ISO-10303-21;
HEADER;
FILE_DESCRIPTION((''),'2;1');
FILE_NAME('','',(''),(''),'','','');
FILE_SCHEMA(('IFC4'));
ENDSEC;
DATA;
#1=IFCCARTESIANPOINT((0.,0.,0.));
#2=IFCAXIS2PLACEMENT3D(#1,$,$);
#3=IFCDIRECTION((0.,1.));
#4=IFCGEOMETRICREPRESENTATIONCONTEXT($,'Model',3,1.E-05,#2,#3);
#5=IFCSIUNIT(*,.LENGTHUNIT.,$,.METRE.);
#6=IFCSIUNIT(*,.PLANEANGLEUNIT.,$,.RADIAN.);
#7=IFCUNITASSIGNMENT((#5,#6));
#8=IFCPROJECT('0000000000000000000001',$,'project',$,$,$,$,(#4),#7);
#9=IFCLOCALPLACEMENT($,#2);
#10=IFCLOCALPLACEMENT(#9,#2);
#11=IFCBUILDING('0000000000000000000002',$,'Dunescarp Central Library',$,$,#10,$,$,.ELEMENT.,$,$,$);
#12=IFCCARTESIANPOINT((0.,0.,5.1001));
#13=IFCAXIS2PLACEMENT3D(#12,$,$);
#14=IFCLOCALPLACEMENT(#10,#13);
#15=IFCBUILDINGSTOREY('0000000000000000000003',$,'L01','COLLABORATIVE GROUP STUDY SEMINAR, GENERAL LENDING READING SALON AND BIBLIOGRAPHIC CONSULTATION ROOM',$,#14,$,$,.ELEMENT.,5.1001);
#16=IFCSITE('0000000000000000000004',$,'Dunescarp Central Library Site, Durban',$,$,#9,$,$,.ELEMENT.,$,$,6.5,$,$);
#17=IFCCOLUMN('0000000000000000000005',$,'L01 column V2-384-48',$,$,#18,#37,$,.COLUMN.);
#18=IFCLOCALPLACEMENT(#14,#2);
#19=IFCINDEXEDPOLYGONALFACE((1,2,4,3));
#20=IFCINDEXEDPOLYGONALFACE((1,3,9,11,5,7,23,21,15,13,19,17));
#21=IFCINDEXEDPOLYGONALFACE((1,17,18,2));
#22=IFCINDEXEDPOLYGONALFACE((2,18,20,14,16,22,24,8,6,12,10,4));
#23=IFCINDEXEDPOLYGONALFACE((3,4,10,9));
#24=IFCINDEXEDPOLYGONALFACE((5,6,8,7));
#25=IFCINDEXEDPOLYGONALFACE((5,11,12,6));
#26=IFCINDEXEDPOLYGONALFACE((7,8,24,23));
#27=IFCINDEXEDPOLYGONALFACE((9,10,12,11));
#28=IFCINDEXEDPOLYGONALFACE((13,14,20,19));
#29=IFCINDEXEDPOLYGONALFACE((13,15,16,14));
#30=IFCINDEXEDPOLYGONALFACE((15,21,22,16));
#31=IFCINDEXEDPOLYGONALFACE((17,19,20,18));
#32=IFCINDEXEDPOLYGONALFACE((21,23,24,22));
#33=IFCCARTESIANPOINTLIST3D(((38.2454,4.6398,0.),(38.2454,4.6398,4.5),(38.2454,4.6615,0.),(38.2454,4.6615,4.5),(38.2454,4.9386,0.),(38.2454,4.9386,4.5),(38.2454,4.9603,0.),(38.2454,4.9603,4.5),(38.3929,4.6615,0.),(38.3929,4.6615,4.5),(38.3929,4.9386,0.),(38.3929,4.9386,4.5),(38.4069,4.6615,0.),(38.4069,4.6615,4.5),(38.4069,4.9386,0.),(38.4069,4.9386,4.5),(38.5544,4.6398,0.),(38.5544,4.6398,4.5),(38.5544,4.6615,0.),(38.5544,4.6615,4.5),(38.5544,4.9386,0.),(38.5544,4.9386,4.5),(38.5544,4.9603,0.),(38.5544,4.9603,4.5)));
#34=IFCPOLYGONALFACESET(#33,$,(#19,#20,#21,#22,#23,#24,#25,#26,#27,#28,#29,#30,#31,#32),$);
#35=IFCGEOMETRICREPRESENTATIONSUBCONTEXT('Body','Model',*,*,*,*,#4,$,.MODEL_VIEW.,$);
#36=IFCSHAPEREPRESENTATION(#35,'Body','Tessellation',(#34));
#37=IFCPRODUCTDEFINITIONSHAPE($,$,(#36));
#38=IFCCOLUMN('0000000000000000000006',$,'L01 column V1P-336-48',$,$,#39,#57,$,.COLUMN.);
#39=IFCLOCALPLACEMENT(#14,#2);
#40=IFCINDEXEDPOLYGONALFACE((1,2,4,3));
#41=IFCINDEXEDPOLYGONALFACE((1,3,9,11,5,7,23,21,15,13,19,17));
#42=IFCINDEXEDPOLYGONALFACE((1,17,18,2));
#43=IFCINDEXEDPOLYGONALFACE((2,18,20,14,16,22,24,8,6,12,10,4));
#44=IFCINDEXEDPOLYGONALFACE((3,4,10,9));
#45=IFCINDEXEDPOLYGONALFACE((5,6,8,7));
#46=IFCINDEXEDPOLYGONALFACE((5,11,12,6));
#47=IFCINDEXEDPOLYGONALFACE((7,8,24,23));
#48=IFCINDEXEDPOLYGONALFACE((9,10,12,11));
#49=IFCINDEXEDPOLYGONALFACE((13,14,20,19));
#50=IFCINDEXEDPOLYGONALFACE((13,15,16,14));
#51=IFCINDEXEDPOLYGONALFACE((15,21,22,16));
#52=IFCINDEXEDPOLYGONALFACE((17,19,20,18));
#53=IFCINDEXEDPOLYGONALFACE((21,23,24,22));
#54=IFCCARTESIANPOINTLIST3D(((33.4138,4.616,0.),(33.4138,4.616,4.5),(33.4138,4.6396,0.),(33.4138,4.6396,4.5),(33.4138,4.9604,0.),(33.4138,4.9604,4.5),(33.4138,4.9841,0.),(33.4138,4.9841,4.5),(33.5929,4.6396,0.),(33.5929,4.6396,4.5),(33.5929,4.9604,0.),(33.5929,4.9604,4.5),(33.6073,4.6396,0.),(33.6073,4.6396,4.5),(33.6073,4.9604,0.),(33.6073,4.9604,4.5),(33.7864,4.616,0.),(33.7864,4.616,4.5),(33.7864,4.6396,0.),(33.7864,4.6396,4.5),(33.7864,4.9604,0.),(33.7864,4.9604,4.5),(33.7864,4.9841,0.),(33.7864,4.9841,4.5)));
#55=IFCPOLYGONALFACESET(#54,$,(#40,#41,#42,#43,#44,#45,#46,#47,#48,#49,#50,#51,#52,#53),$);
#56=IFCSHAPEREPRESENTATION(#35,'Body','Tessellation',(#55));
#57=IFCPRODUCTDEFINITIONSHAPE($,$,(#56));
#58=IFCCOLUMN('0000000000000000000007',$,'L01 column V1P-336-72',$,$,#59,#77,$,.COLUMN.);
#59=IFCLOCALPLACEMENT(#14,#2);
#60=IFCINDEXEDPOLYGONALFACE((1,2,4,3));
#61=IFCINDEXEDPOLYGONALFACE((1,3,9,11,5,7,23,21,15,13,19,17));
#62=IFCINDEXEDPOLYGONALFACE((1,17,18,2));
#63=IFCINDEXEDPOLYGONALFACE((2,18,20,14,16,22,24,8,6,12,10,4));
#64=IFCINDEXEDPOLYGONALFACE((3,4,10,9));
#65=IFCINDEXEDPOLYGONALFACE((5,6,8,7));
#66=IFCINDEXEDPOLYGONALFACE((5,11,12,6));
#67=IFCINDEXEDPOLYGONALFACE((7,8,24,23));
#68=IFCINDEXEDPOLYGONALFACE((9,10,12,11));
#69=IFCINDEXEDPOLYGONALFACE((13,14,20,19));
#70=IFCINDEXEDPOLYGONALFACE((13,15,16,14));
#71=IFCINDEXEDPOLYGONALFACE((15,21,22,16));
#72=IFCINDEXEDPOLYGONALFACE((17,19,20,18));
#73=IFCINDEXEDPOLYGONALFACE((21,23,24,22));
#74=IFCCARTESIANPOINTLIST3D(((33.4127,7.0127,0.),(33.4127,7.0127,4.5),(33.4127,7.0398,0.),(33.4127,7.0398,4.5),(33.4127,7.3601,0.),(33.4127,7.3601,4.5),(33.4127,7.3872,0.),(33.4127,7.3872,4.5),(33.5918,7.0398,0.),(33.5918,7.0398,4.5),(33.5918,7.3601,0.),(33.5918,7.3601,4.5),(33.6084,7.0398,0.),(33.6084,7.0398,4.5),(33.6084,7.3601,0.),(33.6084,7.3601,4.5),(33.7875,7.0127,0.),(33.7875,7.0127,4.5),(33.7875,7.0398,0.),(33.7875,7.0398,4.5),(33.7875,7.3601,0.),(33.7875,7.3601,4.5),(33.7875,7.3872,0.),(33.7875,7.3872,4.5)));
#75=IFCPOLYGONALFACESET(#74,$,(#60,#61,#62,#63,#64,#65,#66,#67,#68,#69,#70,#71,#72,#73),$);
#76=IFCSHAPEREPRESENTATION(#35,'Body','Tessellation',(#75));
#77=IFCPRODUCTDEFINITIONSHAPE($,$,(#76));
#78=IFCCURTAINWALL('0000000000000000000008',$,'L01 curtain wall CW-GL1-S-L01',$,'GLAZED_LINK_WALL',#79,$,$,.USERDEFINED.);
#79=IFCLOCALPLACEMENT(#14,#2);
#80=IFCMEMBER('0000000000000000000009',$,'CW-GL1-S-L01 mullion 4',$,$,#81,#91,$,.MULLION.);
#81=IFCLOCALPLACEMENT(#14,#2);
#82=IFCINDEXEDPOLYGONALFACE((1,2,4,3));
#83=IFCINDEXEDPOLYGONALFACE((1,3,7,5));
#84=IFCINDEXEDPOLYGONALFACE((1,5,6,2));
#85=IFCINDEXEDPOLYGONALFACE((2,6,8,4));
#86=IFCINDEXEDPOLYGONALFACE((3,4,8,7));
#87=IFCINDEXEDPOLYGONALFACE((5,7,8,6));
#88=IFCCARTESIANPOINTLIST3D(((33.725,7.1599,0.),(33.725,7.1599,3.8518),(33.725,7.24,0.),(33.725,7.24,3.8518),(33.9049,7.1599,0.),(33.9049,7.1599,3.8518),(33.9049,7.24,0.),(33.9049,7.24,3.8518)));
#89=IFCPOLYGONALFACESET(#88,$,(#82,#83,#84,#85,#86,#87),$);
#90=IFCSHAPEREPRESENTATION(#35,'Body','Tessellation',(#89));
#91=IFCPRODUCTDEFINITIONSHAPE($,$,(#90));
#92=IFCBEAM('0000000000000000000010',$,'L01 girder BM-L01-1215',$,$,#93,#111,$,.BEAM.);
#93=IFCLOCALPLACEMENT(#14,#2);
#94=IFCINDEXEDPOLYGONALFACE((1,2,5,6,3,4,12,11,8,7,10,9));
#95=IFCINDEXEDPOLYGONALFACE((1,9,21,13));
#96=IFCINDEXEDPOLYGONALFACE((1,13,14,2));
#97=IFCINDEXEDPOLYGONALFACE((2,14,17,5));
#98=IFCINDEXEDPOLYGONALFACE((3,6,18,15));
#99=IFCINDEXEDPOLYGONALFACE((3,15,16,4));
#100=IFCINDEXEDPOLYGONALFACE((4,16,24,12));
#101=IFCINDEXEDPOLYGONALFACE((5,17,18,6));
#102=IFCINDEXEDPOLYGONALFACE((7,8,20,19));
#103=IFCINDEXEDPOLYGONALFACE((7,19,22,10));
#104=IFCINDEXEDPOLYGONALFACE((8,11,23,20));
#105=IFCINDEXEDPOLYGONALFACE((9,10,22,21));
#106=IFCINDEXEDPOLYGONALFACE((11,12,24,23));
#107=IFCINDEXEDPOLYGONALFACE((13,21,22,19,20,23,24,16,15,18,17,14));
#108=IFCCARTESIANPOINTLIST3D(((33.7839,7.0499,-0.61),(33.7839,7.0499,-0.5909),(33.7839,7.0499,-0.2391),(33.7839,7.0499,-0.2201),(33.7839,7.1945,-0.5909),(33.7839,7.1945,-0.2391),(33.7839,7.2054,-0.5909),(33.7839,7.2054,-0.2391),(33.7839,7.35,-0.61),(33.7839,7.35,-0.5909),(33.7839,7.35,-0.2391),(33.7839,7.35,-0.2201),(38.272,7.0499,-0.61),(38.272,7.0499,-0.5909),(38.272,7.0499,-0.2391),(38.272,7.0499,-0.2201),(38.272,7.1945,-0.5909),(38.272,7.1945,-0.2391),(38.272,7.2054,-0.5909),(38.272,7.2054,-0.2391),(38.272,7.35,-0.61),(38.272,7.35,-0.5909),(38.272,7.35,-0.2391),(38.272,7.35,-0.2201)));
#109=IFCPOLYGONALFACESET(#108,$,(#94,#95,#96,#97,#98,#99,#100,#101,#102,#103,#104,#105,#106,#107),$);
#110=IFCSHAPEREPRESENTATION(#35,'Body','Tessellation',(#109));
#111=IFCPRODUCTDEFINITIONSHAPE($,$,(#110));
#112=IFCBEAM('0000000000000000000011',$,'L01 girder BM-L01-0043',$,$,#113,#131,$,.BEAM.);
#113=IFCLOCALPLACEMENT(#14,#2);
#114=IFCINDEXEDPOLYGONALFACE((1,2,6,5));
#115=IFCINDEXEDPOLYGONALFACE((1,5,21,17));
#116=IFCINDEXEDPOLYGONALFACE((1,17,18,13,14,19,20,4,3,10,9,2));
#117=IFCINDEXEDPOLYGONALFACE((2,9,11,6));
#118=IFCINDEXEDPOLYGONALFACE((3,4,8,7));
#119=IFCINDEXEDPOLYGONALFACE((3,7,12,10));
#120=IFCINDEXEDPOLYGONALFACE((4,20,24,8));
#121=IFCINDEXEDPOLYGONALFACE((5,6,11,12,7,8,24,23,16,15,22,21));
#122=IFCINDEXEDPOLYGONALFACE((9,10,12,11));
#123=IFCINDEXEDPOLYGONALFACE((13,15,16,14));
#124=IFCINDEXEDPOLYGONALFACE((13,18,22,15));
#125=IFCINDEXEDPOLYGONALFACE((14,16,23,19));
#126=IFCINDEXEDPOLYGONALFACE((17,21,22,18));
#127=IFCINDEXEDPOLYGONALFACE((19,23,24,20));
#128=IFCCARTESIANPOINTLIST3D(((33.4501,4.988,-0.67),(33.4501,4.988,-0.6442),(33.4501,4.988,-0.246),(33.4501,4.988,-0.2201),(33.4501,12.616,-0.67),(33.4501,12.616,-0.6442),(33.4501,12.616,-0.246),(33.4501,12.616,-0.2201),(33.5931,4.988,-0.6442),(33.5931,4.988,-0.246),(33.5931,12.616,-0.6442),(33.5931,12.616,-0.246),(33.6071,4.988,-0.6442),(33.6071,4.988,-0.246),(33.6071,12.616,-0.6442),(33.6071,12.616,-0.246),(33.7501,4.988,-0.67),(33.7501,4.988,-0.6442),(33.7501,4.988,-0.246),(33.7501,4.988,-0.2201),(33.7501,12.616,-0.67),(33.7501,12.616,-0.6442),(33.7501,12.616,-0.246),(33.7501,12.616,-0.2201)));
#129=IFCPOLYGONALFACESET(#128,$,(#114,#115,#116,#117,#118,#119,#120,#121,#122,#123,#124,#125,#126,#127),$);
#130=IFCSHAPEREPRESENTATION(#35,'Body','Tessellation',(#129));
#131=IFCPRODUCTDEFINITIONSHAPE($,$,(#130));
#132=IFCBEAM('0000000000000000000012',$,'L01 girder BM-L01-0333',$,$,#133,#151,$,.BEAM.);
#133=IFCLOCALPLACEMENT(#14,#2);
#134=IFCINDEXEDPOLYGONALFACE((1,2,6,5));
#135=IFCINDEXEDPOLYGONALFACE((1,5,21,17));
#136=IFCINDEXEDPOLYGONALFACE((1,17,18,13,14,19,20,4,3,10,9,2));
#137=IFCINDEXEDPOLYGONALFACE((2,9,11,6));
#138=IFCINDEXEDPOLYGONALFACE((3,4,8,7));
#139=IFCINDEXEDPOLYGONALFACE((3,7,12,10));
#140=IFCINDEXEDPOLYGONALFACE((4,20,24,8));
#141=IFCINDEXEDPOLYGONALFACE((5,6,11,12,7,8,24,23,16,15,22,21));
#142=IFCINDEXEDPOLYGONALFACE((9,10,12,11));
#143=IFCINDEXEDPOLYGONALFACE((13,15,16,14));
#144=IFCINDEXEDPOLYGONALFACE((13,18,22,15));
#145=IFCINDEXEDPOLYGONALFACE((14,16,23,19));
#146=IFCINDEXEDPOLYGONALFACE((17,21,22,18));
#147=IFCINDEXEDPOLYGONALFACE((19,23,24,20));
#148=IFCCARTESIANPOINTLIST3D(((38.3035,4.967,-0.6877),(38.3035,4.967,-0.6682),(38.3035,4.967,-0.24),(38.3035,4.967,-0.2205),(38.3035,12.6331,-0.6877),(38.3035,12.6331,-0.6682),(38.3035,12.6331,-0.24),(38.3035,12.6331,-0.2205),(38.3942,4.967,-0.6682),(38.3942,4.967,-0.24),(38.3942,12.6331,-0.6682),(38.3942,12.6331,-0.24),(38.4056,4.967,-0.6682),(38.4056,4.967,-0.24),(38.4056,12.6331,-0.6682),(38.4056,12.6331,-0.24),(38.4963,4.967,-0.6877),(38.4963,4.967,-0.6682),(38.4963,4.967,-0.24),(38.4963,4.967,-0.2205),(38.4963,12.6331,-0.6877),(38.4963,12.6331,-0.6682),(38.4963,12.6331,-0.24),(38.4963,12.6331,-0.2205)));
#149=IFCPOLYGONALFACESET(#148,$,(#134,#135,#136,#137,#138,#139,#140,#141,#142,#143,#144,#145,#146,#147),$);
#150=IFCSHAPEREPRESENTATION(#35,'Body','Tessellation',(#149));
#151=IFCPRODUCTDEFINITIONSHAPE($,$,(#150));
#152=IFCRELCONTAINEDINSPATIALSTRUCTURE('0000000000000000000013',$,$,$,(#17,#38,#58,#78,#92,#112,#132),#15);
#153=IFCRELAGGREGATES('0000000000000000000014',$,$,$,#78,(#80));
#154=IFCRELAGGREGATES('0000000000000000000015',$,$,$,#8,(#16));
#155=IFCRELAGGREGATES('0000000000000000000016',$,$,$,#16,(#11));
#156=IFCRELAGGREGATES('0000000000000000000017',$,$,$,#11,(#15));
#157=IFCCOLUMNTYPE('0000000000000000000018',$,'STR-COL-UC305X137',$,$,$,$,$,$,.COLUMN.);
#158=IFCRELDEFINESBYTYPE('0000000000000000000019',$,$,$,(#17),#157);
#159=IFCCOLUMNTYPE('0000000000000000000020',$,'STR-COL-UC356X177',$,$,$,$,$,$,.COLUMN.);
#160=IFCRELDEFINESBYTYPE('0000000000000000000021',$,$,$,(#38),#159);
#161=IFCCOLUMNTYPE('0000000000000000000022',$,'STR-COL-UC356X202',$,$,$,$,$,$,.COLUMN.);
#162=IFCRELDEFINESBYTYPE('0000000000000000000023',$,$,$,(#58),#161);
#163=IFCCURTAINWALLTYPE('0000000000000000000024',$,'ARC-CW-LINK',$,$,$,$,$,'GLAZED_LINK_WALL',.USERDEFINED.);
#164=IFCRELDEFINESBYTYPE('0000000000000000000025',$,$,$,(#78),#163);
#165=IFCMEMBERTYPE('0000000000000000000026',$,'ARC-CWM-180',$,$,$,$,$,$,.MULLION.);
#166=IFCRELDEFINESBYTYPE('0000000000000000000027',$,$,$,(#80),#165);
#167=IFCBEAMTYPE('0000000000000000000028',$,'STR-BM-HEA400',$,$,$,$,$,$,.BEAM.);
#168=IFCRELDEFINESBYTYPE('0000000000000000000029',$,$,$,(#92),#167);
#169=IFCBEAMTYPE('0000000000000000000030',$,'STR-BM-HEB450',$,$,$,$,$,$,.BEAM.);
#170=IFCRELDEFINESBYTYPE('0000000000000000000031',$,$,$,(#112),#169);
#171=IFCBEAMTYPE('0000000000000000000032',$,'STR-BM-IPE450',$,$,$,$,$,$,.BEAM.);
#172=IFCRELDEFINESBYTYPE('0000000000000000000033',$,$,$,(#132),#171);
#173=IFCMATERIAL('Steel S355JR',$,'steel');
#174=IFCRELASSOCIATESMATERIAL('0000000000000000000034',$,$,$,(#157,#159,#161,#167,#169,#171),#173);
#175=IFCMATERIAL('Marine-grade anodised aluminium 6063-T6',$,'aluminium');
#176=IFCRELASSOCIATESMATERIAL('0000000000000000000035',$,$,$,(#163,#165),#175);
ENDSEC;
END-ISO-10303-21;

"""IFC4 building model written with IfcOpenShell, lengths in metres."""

from ifc_helpers import new_model, si_unit, direction, frame, origin, origin_2d, place, context, subcontext, project, spatial, rectangle, i_section, extrude, material, material_profile, profile_set, type_object, element, aggregate, save


model = new_model("IFC4")

# Units and contexts
model_context = context("Model", 3, precision=1e-05, world=origin(), true_north=direction((0.0, 1.0)))
body_context = subcontext(model_context, "Body", "Model", "MODEL_VIEW")
ifc_project = project(units=[si_unit("LENGTHUNIT", "METRE"), si_unit("PLANEANGLEUNIT", "RADIAN")], contexts=[model_context])

# Site, building, storey
site_placement = place(None, origin())
site = spatial("IfcSite", under=ifc_project, at=site_placement, Name="Dunescarp Central Library Site, Durban", CompositionType="ELEMENT", RefElevation=6.5)
building_placement = place(site_placement, origin())
building = spatial("IfcBuilding", under=site, at=building_placement, Name="Dunescarp Central Library", CompositionType="ELEMENT")
storey_placement = place(building_placement, frame((0.0, 0.0, 5.1001)))
storey = spatial("IfcBuildingStorey", under=building, at=storey_placement, Name="L01", Description="COLLABORATIVE GROUP STUDY SEMINAR, GENERAL LENDING READING SALON AND BIBLIOGRAPHIC CONSULTATION ROOM", CompositionType="ELEMENT", Elevation=5.1001)

# Columns
ifc_material_1 = material(Name="Steel S355JR", Category="steel")
ifc_material_profile_1 = material_profile(ifc_material_1, i_section(OverallWidth=0.3091, OverallDepth=0.3206, WebThickness=0.0139, FlangeThickness=0.0217, at=origin_2d()), Name="UC 305x305x137")
ifc_profile_set_1 = profile_set([ifc_material_profile_1], Name="Steel S355JR")
column_type_1 = type_object("IfcColumnType", Name="STR-COL-UC305X137", PredefinedType="COLUMN", material=ifc_profile_set_1)
column_1_placement = place(storey_placement, frame((38.3999, 4.8, 0.0), z_axis=(0.0, 0.0, 1.0), x_axis=(1.0, 0.0, 0.0)))
element("IfcColumn", 1, at=column_1_placement, inside=storey, type_object=column_type_1, Name="L01 column V2-384-48", PredefinedType="COLUMN", context=body_context, shape_type="SweptSolid", body=[
    extrude(i_section(OverallWidth=0.3091, OverallDepth=0.3206, WebThickness=0.0139, FlangeThickness=0.0217, at=origin_2d()), origin(), (0.0, 0.0, 1.0), 4.5),
])
ifc_material_profile_2 = material_profile(ifc_material_1, i_section(OverallWidth=0.3726, OverallDepth=0.3682, WebThickness=0.0144, FlangeThickness=0.0237, at=origin_2d()), Name="UC 356x368x177")
ifc_profile_set_2 = profile_set([ifc_material_profile_2], Name="Steel S355JR")
column_type_2 = type_object("IfcColumnType", Name="STR-COL-UC356X177", PredefinedType="COLUMN", material=ifc_profile_set_2)
column_2_placement = place(storey_placement, frame((33.6001, 4.8, 0.0), z_axis=(0.0, 0.0, 1.0), x_axis=(1.0, 0.0, 0.0)))
element("IfcColumn", 2, at=column_2_placement, inside=storey, type_object=column_type_2, Name="L01 column V1P-336-48", PredefinedType="COLUMN", context=body_context, shape_type="SweptSolid", body=[
    extrude(i_section(OverallWidth=0.3726, OverallDepth=0.3682, WebThickness=0.0144, FlangeThickness=0.0237, at=origin_2d()), origin(), (0.0, 0.0, 1.0), 4.5),
])
ifc_material_profile_3 = material_profile(ifc_material_1, i_section(OverallWidth=0.3748, OverallDepth=0.3745, WebThickness=0.0166, FlangeThickness=0.0271, at=origin_2d()), Name="UC 356x368x202")
ifc_profile_set_3 = profile_set([ifc_material_profile_3], Name="Steel S355JR")
column_type_3 = type_object("IfcColumnType", Name="STR-COL-UC356X202", PredefinedType="COLUMN", material=ifc_profile_set_3)
column_3_placement = place(storey_placement, frame((33.6001, 7.2, 0.0), z_axis=(0.0, 0.0, 1.0), x_axis=(1.0, 0.0, 0.0)))
element("IfcColumn", 3, at=column_3_placement, inside=storey, type_object=column_type_3, Name="L01 column V1P-336-72", PredefinedType="COLUMN", context=body_context, shape_type="SweptSolid", body=[
    extrude(i_section(OverallWidth=0.3748, OverallDepth=0.3745, WebThickness=0.0166, FlangeThickness=0.0271, at=origin_2d()), origin(), (0.0, 0.0, 1.0), 4.5),
])

# Curtain wall, member
ifc_material_2 = material(Name="Marine-grade anodised aluminium 6063-T6", Category="aluminium")
curtain_wall_type = type_object("IfcCurtainWallType", Name="ARC-CW-LINK", ElementType="GLAZED_LINK_WALL", PredefinedType="USERDEFINED", material=ifc_material_2)
curtain_wall_placement = place(storey_placement, origin())
curtain_wall = element("IfcCurtainWall", 4, at=curtain_wall_placement, inside=storey, type_object=curtain_wall_type, Name="L01 curtain wall CW-GL1-S-L01", ObjectType="GLAZED_LINK_WALL", PredefinedType="USERDEFINED")
ifc_material_profile_4 = material_profile(ifc_material_2, rectangle(XDim=0.0801, YDim=0.1799, at=origin_2d()), Name="AL 80x180")
ifc_profile_set_4 = profile_set([ifc_material_profile_4], Name="Marine-grade anodised aluminium 6063-T6")
member_type_1 = type_object("IfcMemberType", Name="ARC-CWM-180", PredefinedType="MULLION", material=ifc_profile_set_4)
member_placement = place(storey_placement, frame((33.8149, 7.2, 0.0), z_axis=(0.0, 0.0, 1.0), x_axis=(0.0, -1.0, 0.0)))
member = element("IfcMember", 5, at=member_placement, type_object=member_type_1, Name="CW-GL1-S-L01 mullion 4", PredefinedType="MULLION", context=body_context, shape_type="SweptSolid", body=[
    extrude(rectangle(XDim=0.0801, YDim=0.1799, at=origin_2d()), origin(), (0.0, 0.0, 1.0), 3.8518),
])

# Beams
ifc_material_profile_5 = material_profile(ifc_material_1, i_section(OverallWidth=0.3, OverallDepth=0.3899, WebThickness=0.011, FlangeThickness=0.019, at=origin_2d()), Name="HEA 400")
ifc_profile_set_5 = profile_set([ifc_material_profile_5], Name="Steel S355JR")
beam_type_1 = type_object("IfcBeamType", Name="STR-BM-HEA400", PredefinedType="BEAM", material=ifc_profile_set_5)
beam_1_placement = place(storey_placement, frame((33.7839, 7.2, -0.415), z_axis=(1.0, 0.0, 0.0), x_axis=(0.0, 1.0, 0.0)))
element("IfcBeam", 6, at=beam_1_placement, inside=storey, type_object=beam_type_1, Name="L01 girder BM-L01-1215", PredefinedType="BEAM", context=body_context, shape_type="SweptSolid", body=[
    extrude(i_section(OverallWidth=0.3, OverallDepth=0.3899, WebThickness=0.011, FlangeThickness=0.019, at=origin_2d()), origin(), (0.0, 0.0, 1.0), 4.488),
])
ifc_material_profile_6 = material_profile(ifc_material_1, i_section(OverallWidth=0.3, OverallDepth=0.45, WebThickness=0.0139, FlangeThickness=0.0259, at=origin_2d()), Name="HEB 450")
ifc_profile_set_6 = profile_set([ifc_material_profile_6], Name="Steel S355JR")
beam_type_2 = type_object("IfcBeamType", Name="STR-BM-HEB450", PredefinedType="BEAM", material=ifc_profile_set_6)
beam_2_placement = place(storey_placement, frame((33.6001, 4.988, -0.4451), z_axis=(0.0, 1.0, 0.0), x_axis=(-1.0, 0.0, 0.0)))
element("IfcBeam", 7, at=beam_2_placement, inside=storey, type_object=beam_type_2, Name="L01 girder BM-L01-0043", PredefinedType="BEAM", context=body_context, shape_type="SweptSolid", body=[
    extrude(i_section(OverallWidth=0.3, OverallDepth=0.45, WebThickness=0.0139, FlangeThickness=0.0259, at=origin_2d()), origin(), (0.0, 0.0, 1.0), 7.6279),
])
ifc_material_profile_7 = material_profile(ifc_material_1, i_section(OverallWidth=0.1929, OverallDepth=0.4673, WebThickness=0.0115, FlangeThickness=0.0195, at=origin_2d()), Name="UB 457x191x98")
ifc_profile_set_7 = profile_set([ifc_material_profile_7], Name="Steel S355JR")
beam_type_3 = type_object("IfcBeamType", Name="STR-BM-IPE450", PredefinedType="BEAM", material=ifc_profile_set_7)
beam_3_placement = place(storey_placement, frame((38.3999, 4.967, -0.4541), z_axis=(0.0, 1.0, 0.0), x_axis=(-1.0, 0.0, 0.0)))
element("IfcBeam", 8, at=beam_3_placement, inside=storey, type_object=beam_type_3, Name="L01 girder BM-L01-0333", PredefinedType="BEAM", context=body_context, shape_type="SweptSolid", body=[
    extrude(i_section(OverallWidth=0.1929, OverallDepth=0.4673, WebThickness=0.0115, FlangeThickness=0.0195, at=origin_2d()), origin(), (0.0, 0.0, 1.0), 7.666),
])

aggregate(curtain_wall, [member])

save(model, "model.ifc")
